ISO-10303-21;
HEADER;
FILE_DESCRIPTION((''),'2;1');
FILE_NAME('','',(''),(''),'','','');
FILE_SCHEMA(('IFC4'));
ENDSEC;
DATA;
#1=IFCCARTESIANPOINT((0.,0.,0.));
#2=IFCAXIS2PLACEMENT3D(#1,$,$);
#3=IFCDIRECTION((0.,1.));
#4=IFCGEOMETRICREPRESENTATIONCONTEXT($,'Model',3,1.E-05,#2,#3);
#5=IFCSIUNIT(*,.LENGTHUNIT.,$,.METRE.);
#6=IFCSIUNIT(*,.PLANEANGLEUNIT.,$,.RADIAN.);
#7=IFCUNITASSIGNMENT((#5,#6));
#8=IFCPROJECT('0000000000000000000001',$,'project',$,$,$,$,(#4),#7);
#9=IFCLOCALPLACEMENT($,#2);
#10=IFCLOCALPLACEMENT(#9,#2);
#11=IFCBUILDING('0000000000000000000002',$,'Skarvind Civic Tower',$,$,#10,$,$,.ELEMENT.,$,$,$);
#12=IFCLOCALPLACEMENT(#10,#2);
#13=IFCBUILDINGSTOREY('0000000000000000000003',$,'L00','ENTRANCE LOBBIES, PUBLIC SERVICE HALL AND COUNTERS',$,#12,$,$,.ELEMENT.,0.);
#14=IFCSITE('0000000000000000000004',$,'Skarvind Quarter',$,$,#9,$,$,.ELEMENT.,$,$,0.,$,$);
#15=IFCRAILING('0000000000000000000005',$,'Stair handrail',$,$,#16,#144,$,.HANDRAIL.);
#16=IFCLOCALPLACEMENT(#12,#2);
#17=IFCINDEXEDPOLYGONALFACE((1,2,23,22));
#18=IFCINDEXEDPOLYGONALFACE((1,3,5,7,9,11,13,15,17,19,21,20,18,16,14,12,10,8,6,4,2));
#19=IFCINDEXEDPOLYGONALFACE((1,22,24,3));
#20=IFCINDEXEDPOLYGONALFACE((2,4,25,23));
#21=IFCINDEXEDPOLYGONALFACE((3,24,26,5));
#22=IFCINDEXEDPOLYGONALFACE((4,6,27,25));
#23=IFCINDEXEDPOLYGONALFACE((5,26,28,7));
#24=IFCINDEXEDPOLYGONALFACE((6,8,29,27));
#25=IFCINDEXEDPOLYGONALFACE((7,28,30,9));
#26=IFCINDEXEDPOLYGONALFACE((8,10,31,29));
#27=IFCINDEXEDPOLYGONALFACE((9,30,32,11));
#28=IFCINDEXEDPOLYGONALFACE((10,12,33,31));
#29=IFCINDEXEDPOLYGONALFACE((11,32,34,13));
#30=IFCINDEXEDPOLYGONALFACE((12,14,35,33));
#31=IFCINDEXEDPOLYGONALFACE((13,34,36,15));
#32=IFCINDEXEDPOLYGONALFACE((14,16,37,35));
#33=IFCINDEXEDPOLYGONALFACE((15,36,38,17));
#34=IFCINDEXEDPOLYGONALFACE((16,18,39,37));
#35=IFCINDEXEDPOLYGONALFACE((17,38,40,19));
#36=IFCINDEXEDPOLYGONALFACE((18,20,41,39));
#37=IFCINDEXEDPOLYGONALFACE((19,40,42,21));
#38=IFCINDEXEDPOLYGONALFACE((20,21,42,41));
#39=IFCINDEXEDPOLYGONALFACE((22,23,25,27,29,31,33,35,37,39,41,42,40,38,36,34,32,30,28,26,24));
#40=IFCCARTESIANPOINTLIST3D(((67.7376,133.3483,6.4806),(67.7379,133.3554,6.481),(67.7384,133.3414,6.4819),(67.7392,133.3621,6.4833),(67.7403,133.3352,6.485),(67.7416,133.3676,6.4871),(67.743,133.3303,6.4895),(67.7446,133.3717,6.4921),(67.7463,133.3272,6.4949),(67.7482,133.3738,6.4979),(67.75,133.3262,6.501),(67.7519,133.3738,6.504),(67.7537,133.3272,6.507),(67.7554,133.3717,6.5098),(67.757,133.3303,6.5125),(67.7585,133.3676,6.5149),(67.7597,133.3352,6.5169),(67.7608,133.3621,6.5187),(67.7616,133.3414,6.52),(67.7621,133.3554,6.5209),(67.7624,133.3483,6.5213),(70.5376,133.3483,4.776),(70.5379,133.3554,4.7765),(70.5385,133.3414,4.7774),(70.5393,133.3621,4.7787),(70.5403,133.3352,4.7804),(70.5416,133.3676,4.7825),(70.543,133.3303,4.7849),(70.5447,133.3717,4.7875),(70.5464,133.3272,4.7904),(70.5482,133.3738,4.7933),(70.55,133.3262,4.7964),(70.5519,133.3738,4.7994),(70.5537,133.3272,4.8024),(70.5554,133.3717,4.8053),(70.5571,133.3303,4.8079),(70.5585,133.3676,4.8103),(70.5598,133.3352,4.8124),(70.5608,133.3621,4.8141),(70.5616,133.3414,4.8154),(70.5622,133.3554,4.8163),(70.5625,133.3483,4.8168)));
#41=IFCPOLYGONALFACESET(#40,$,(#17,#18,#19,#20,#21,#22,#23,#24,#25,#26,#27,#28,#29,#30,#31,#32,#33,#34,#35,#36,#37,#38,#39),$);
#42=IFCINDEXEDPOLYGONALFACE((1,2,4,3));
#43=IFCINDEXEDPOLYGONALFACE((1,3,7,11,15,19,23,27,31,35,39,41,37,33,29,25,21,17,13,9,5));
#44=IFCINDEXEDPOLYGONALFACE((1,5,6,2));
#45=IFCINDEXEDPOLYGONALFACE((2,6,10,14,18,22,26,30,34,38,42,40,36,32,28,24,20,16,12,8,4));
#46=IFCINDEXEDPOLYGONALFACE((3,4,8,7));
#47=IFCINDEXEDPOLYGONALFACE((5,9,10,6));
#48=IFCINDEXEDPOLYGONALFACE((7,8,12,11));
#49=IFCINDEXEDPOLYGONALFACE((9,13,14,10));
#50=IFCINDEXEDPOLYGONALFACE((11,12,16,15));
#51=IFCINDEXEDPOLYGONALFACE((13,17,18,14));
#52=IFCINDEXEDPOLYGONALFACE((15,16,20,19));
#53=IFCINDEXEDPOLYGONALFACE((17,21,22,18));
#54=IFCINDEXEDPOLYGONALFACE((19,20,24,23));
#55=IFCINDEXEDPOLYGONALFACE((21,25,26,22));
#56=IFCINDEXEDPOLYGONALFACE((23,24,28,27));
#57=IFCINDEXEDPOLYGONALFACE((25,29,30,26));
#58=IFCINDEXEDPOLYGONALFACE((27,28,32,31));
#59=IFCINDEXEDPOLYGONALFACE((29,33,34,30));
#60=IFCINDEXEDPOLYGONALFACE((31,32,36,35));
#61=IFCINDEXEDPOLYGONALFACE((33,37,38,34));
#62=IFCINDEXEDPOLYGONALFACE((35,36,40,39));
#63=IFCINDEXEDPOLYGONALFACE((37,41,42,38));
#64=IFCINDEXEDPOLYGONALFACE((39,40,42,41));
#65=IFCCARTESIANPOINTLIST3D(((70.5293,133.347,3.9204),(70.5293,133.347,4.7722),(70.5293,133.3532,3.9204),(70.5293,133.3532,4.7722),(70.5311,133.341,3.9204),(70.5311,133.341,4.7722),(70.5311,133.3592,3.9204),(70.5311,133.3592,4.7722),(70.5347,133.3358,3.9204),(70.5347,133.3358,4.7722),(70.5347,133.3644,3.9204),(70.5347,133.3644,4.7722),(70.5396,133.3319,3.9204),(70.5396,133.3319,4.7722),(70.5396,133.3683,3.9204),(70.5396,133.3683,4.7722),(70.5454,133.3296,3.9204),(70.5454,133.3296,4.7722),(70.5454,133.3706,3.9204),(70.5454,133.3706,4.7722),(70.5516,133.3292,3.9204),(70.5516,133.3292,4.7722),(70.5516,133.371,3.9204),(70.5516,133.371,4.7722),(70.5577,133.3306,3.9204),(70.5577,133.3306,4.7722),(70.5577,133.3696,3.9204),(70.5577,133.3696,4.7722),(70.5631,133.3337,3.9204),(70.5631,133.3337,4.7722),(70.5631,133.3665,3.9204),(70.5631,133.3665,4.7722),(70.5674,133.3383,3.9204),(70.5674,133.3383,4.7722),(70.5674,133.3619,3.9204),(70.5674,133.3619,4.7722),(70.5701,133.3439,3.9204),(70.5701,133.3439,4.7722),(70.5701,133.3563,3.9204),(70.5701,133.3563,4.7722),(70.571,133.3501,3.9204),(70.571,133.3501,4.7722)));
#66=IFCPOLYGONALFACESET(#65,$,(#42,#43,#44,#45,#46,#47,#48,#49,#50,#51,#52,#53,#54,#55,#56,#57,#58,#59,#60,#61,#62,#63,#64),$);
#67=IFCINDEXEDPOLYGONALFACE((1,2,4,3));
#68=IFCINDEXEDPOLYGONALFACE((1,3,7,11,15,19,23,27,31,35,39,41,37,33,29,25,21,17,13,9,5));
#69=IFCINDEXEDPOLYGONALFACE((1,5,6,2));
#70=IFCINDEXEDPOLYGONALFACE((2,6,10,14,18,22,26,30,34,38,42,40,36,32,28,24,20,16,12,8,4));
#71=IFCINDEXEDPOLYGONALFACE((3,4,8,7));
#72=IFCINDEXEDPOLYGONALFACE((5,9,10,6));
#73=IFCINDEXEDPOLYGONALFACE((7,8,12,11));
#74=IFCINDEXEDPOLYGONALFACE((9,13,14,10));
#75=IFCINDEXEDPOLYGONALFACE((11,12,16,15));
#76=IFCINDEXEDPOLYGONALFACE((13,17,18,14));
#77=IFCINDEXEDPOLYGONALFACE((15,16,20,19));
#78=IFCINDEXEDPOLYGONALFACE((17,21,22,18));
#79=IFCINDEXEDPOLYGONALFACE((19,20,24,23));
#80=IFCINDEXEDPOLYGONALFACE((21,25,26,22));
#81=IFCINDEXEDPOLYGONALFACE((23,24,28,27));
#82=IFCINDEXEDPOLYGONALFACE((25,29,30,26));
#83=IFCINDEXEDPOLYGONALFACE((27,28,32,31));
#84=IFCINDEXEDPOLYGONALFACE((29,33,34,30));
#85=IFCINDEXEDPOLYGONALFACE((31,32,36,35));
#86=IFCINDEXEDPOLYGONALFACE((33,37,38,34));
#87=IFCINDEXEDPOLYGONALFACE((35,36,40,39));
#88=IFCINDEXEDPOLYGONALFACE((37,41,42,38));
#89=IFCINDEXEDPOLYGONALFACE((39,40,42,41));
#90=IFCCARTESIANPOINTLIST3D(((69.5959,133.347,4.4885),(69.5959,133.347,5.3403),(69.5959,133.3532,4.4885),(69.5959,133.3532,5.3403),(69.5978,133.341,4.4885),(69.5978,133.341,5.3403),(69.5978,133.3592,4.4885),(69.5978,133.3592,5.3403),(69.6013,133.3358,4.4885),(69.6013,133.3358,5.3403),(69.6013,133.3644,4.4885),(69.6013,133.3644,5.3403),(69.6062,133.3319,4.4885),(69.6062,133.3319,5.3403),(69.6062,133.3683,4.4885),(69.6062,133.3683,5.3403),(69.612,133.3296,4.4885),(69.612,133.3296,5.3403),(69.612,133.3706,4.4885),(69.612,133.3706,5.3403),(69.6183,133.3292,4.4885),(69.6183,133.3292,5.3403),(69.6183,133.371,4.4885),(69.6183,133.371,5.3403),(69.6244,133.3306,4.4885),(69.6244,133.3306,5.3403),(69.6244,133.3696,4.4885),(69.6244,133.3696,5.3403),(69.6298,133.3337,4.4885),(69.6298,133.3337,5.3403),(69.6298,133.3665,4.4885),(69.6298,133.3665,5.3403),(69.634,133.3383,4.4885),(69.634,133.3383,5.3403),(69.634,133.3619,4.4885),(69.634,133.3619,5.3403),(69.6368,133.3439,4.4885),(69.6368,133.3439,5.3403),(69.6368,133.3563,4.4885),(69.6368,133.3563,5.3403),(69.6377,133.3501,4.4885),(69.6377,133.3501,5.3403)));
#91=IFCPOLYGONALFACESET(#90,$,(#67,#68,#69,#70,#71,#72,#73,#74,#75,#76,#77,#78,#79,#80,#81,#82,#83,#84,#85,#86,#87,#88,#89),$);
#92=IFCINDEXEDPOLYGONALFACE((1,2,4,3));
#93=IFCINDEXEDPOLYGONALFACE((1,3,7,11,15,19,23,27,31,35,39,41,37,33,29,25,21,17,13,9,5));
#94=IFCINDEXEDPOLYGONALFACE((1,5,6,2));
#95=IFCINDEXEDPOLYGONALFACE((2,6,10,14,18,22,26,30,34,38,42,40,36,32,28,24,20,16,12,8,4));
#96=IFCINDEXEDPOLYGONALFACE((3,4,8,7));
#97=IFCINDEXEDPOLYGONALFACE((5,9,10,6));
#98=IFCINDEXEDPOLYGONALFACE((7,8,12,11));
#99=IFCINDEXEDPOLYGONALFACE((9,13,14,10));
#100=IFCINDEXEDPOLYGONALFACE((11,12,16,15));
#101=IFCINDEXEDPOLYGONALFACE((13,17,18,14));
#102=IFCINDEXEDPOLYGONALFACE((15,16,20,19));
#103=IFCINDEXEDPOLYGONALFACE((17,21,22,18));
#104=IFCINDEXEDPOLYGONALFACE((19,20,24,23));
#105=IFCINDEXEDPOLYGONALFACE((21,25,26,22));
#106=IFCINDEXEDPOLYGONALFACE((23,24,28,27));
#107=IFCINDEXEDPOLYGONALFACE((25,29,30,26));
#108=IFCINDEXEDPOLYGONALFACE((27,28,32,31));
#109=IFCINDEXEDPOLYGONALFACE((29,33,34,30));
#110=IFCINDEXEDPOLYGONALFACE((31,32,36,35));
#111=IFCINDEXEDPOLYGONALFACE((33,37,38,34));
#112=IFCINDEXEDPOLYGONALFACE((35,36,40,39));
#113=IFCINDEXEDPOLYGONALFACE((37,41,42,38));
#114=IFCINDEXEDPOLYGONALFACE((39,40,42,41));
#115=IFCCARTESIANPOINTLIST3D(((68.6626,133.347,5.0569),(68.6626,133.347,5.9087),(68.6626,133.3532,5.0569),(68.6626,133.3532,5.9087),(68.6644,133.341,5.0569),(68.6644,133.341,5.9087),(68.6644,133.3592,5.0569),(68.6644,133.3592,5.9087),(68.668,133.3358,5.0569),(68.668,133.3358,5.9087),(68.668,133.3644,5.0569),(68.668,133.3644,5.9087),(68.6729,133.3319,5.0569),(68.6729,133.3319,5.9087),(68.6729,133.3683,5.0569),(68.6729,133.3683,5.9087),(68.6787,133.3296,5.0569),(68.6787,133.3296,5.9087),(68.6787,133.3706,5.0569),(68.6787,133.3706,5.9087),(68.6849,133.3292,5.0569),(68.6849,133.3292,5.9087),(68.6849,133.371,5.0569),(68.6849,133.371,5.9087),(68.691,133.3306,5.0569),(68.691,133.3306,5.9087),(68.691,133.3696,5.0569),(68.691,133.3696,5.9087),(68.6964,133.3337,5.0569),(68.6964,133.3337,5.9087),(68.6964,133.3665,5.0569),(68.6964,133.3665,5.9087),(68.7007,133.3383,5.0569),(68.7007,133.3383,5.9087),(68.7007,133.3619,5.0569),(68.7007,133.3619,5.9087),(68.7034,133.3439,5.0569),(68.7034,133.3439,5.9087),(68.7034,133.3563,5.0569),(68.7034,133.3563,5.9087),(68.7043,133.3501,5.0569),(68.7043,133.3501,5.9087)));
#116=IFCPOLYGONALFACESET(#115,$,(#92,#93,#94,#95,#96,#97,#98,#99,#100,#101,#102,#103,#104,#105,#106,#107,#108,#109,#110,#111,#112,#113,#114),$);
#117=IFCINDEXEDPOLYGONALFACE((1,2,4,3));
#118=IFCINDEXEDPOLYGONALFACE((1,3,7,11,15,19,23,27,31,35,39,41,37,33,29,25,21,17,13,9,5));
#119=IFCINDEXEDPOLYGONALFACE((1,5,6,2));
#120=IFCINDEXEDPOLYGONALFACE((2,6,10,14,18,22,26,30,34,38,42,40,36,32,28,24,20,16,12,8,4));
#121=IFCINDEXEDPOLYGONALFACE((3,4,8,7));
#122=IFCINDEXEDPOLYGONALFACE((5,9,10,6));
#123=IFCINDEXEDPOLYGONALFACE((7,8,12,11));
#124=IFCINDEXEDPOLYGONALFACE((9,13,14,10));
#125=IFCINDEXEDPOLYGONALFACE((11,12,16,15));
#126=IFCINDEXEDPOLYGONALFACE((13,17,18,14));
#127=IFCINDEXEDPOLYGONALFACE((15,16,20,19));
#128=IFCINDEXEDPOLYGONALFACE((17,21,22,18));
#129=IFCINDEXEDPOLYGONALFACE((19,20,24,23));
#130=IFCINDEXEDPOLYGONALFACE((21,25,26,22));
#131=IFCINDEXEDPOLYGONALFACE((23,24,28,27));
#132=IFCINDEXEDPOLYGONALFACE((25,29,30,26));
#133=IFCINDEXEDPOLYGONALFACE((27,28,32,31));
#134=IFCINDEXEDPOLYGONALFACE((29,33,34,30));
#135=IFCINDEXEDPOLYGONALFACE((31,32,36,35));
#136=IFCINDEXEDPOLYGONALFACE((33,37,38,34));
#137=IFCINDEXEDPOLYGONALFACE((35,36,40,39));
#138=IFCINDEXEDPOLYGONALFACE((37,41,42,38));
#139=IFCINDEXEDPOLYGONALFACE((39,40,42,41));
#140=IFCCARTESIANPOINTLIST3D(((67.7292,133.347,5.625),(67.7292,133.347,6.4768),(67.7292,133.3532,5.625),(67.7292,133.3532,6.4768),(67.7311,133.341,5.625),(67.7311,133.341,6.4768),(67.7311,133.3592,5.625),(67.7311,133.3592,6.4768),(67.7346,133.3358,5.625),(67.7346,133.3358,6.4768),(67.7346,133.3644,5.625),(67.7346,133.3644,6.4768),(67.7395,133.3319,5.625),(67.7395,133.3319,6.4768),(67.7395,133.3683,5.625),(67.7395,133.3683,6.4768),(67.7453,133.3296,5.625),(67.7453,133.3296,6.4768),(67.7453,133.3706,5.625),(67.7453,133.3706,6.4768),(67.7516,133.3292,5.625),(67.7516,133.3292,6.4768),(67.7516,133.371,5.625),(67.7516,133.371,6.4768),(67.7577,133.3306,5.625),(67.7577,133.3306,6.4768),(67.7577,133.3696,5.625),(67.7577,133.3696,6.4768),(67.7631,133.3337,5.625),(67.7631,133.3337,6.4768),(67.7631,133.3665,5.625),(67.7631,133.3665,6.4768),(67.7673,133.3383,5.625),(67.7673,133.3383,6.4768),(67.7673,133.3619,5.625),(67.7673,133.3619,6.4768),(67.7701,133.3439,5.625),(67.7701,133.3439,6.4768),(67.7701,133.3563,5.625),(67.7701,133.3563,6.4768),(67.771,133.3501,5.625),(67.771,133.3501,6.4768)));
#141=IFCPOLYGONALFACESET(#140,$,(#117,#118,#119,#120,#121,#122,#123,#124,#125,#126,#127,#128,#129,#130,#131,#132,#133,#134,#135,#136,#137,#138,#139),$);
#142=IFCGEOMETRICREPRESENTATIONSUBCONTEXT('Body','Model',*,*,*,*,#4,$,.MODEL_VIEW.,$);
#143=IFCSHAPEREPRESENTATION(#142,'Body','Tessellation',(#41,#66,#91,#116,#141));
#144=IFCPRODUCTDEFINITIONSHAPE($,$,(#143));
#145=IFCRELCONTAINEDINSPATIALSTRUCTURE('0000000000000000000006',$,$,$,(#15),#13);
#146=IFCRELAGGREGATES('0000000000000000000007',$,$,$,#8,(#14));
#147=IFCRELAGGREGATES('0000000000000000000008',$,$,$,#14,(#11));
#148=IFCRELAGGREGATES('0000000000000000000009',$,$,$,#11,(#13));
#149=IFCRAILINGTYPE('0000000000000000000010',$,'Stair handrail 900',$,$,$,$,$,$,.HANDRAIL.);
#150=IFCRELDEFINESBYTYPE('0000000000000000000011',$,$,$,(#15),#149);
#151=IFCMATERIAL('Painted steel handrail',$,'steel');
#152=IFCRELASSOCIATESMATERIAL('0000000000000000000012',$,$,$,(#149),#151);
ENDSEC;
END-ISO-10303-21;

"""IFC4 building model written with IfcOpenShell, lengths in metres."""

from ifc_helpers import new_model, si_unit, direction, frame, origin, origin_2d, place, context, subcontext, project, spatial, circle, extrude, material, type_object, element, save


model = new_model("IFC4")

# Units and contexts
model_context = context("Model", 3, precision=1e-05, world=origin(), true_north=direction((0.0, 1.0)))
body_context = subcontext(model_context, "Body", "Model", "MODEL_VIEW")
ifc_project = project(units=[si_unit("LENGTHUNIT", "METRE"), si_unit("PLANEANGLEUNIT", "RADIAN")], contexts=[model_context])

# Site, building, storey
site_placement = place(None, origin())
site = spatial("IfcSite", under=ifc_project, at=site_placement, Name="Skarvind Quarter", CompositionType="ELEMENT", RefElevation=0.0)
building_placement = place(site_placement, origin())
building = spatial("IfcBuilding", under=site, at=building_placement, Name="Skarvind Civic Tower", CompositionType="ELEMENT")
storey_placement = place(building_placement, origin())
storey = spatial("IfcBuildingStorey", under=building, at=storey_placement, Name="L00", Description="ENTRANCE LOBBIES, PUBLIC SERVICE HALL AND COUNTERS", CompositionType="ELEMENT", Elevation=0.0)

# Railing
ifc_material_1 = material(Name="Painted steel handrail", Category="steel")
railing_type = type_object("IfcRailingType", Name="Stair handrail 900", PredefinedType="HANDRAIL", material=ifc_material_1)
for number, where, name in (
    (1, (70.55, 133.3501, 3.9204), "Stair handrail"),
):
    element("IfcRailing", number, at=place(storey_placement, frame(where)), inside=storey, type_object=railing_type, Name=name, PredefinedType="HANDRAIL", context=body_context, shape_type="SweptSolid", body=[
        extrude(circle(Radius=0.0239, at=origin_2d()), frame((0.0, 0.0, 0.876), z_axis=(-0.85417, 0.0, 0.519994), x_axis=(0.0, -1.0, 0.0)), (0.0, 0.0, 1.0), 3.2781),
        extrude(circle(Radius=0.021, at=origin_2d()), origin(), (0.0, 0.0, 1.0), 0.8518),
        extrude(circle(Radius=0.021, at=origin_2d()), frame((-0.9333, 0.0, 0.5681)), (0.0, 0.0, 1.0), 0.8518),
        extrude(circle(Radius=0.021, at=origin_2d()), frame((-1.8667, 0.0, 1.1365)), (0.0, 0.0, 1.0), 0.8518),
        extrude(circle(Radius=0.021, at=origin_2d()), frame((-2.8, 0.0, 1.7046)), (0.0, 0.0, 1.0), 0.8518),
    ])

save(model, "model.ifc")
